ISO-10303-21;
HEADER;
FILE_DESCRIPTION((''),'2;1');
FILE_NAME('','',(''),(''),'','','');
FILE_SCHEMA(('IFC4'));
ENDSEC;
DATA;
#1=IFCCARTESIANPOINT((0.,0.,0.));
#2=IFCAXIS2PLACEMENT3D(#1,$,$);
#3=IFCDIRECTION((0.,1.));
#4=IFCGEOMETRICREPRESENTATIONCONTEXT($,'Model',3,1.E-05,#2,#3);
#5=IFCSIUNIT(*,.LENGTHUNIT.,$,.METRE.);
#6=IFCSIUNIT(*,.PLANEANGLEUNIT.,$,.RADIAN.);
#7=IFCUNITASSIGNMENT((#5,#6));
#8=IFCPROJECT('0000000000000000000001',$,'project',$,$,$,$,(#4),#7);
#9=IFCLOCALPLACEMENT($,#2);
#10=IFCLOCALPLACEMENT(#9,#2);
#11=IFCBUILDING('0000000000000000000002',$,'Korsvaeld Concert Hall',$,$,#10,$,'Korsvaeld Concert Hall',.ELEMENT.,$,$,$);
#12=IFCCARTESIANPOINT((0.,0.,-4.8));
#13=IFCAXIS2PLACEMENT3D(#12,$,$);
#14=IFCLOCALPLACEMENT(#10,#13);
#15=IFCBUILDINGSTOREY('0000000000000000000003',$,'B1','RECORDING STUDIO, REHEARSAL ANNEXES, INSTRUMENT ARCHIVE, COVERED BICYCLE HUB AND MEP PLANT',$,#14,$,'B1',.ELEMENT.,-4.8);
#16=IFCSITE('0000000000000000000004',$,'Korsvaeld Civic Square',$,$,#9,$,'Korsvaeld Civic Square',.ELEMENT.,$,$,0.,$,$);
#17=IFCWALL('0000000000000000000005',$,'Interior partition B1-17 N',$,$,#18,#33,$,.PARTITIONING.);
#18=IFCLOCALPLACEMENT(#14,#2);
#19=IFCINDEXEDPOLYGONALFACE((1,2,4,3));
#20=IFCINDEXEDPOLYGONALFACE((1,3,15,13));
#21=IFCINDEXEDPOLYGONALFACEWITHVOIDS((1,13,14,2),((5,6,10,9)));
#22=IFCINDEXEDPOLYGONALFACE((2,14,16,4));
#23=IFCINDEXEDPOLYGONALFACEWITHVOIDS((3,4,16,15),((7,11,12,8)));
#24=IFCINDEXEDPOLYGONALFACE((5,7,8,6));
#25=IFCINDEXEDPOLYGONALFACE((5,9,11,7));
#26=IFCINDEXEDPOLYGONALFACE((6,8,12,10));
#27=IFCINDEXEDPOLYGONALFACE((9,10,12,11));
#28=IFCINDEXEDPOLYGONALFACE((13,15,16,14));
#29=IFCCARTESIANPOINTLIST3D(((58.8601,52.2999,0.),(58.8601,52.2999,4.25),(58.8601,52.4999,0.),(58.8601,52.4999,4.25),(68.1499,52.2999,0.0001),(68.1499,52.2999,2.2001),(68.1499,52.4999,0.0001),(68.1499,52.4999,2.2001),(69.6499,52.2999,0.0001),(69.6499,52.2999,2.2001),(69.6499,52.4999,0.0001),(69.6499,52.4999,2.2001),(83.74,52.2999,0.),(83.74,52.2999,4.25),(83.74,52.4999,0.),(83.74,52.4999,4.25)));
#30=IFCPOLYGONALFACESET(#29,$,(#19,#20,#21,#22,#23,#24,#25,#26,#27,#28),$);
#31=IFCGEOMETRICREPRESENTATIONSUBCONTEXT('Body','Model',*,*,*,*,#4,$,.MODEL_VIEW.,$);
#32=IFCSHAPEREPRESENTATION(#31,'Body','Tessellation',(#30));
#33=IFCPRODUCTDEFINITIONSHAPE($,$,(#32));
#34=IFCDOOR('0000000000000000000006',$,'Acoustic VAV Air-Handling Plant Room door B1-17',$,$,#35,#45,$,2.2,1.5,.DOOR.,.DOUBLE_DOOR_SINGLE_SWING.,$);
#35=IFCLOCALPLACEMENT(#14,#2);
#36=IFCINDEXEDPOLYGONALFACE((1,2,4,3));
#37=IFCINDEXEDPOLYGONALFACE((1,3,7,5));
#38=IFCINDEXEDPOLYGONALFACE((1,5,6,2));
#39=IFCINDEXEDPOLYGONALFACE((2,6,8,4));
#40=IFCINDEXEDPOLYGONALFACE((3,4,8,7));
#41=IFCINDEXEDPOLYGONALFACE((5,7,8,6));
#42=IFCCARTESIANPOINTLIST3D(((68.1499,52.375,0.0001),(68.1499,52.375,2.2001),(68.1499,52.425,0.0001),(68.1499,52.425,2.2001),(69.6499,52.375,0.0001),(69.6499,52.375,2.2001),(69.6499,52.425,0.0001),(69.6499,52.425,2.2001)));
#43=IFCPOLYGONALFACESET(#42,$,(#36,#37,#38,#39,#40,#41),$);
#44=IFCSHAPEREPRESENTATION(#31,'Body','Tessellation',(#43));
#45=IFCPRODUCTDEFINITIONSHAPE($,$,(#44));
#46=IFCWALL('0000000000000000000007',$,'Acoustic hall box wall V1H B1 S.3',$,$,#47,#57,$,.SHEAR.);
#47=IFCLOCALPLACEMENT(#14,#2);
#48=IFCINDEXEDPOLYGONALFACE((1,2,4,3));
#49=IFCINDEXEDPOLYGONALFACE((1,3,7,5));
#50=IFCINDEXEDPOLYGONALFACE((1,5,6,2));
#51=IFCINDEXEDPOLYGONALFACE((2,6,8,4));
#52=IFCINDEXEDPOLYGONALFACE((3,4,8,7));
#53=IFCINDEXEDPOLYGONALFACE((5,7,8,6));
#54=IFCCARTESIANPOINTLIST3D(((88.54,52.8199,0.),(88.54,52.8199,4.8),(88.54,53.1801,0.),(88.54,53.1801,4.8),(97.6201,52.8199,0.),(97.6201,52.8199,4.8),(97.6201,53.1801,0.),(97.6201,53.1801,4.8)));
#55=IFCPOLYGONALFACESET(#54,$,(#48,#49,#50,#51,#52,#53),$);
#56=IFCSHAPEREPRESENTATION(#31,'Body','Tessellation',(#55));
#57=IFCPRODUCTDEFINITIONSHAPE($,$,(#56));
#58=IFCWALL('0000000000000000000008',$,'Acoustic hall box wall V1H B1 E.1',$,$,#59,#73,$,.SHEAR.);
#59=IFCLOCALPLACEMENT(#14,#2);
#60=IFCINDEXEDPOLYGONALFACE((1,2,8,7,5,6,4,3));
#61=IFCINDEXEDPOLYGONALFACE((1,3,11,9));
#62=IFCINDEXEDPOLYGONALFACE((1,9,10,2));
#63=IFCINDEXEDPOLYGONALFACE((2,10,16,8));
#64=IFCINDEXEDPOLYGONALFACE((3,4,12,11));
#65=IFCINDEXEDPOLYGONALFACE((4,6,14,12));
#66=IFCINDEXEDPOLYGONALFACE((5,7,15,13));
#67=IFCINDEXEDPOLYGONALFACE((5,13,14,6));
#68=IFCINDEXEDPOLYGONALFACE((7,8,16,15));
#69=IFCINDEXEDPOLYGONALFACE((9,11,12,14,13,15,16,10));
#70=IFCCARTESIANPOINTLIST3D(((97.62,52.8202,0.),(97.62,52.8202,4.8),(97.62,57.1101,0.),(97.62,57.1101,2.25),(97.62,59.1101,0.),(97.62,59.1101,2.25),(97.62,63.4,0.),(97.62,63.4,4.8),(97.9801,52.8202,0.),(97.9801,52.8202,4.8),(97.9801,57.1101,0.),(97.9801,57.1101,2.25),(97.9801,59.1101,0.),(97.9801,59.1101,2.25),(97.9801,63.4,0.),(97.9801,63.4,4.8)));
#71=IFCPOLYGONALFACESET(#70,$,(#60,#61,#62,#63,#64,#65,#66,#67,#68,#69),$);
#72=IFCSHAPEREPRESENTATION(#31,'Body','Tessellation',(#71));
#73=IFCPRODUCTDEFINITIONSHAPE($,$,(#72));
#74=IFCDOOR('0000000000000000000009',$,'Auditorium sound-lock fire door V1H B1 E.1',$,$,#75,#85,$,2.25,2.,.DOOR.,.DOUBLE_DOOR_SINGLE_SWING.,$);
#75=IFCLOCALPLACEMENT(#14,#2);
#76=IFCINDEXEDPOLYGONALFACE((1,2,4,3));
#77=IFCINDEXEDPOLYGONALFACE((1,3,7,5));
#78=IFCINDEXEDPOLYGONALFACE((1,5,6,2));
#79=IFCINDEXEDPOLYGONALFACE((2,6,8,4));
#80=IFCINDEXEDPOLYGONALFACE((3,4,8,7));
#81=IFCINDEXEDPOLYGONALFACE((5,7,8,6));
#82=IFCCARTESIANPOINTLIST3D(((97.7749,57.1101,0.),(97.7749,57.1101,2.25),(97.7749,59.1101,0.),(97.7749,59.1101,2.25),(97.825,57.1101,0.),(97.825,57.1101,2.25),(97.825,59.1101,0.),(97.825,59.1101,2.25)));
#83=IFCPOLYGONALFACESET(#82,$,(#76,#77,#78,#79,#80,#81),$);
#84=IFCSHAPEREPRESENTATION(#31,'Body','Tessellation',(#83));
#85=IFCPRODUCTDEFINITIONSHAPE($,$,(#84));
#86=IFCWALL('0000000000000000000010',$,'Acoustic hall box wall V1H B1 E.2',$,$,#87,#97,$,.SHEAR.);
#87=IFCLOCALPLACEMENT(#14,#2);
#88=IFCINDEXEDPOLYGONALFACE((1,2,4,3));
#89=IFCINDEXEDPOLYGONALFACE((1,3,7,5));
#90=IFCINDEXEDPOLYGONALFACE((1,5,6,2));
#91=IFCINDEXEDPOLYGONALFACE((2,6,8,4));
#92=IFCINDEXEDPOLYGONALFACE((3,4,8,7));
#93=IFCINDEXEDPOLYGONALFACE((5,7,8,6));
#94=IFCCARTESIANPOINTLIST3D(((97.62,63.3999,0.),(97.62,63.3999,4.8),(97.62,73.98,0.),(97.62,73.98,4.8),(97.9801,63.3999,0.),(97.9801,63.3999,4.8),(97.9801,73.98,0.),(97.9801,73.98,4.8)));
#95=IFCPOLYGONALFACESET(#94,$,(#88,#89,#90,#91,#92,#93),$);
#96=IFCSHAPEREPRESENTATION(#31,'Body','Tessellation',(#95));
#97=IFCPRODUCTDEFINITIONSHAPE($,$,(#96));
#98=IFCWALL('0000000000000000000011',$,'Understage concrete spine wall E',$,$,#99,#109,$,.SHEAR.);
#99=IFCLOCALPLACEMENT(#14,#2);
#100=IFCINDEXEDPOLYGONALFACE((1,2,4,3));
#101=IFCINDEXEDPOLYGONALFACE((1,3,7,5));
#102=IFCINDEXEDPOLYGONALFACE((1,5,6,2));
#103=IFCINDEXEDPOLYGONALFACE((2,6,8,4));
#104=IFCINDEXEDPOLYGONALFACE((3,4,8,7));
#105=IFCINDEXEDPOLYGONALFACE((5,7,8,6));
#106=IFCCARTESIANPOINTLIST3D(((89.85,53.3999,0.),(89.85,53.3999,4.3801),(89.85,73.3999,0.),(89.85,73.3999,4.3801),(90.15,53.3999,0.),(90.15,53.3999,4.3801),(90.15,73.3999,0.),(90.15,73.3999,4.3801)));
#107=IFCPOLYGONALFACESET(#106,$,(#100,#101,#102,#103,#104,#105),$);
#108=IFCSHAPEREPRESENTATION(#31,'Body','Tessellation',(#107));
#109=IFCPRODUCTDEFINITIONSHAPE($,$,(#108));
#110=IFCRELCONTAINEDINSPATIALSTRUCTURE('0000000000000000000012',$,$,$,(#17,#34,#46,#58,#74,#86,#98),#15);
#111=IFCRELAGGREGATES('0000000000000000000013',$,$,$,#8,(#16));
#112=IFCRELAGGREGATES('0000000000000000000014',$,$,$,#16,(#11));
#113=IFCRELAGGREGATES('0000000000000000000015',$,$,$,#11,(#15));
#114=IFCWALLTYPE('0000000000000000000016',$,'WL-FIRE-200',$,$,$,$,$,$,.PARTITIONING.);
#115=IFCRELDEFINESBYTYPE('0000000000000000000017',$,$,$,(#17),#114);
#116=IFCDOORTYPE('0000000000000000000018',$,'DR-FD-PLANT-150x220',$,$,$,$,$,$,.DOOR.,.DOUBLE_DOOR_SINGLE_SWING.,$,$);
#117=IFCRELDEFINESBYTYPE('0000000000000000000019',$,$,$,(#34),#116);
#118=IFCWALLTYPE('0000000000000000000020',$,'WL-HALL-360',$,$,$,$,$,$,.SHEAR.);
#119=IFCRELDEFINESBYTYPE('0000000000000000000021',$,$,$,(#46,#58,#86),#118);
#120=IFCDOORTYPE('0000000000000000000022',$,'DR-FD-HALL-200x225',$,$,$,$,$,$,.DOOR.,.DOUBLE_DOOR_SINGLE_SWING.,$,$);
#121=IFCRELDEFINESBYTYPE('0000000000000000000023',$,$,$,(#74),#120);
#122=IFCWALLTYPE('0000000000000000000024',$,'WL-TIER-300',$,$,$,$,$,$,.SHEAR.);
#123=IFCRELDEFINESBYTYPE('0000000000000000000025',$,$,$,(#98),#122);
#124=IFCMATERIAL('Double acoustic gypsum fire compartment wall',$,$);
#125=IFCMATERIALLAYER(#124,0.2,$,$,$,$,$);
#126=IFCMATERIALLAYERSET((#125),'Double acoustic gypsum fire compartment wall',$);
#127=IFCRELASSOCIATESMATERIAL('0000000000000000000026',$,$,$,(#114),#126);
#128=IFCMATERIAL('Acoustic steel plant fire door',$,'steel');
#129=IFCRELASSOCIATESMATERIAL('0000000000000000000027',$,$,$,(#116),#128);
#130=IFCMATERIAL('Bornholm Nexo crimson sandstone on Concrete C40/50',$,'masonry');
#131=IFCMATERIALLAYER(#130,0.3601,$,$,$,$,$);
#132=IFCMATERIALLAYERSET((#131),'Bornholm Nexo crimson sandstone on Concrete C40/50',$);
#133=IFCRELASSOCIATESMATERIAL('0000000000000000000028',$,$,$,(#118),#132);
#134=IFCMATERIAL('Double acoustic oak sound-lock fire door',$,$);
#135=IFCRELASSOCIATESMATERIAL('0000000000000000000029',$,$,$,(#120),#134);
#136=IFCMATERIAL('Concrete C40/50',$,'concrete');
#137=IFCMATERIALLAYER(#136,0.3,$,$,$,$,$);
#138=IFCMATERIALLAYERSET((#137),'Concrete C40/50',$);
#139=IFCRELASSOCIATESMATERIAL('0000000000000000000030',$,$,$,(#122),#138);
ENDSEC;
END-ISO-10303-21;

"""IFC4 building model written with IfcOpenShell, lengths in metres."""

from ifc_helpers import new_model, si_unit, direction, frame, frame_2d, origin, place, context, subcontext, project, spatial, rectangle, extrude, material, layer, layer_set, type_object, element, fill, save


model = new_model("IFC4")

# Units and contexts
model_context = context("Model", 3, precision=1e-05, world=origin(), true_north=direction((0.0, 1.0)))
body_context = subcontext(model_context, "Body", "Model", "MODEL_VIEW")
ifc_project = project(units=[si_unit("LENGTHUNIT", "METRE"), si_unit("PLANEANGLEUNIT", "RADIAN")], contexts=[model_context])

# Site, building, storey
site_placement = place(None, origin())
site = spatial("IfcSite", under=ifc_project, at=site_placement, Name="Korsvaeld Civic Square", LongName="Korsvaeld Civic Square", CompositionType="ELEMENT", RefElevation=0.0)
building_placement = place(site_placement, origin())
building = spatial("IfcBuilding", under=site, at=building_placement, Name="Korsvaeld Concert Hall", LongName="Korsvaeld Concert Hall", CompositionType="ELEMENT")
storey_placement = place(building_placement, frame((0.0, 0.0, -4.8)))
storey = spatial("IfcBuildingStorey", under=building, at=storey_placement, Name="B1", Description="RECORDING STUDIO, REHEARSAL ANNEXES, INSTRUMENT ARCHIVE, COVERED BICYCLE HUB AND MEP PLANT", LongName="B1", CompositionType="ELEMENT", Elevation=-4.8)

# Shared definitions
ifc_material_1 = material(Name="Concrete C40/50", Category="concrete")

# Wall, opening, door
ifc_material_2 = material(Name="Double acoustic gypsum fire compartment wall")
ifc_layer_1 = layer(ifc_material_2, 0.2)
ifc_layer_set_1 = layer_set([ifc_layer_1], Name="Double acoustic gypsum fire compartment wall")
wall_type_1 = type_object("IfcWallType", Name="WL-FIRE-200", PredefinedType="PARTITIONING", material=ifc_layer_set_1)
wall_1_placement = place(storey_placement, frame((83.74, 52.3999, 0.0), z_axis=(0.0, 0.0, 1.0), x_axis=(-1.0, 0.0, 0.0)))
wall_1 = element("IfcWall", 1, at=wall_1_placement, inside=storey, type_object=wall_type_1, Name="Interior partition B1-17 N", PredefinedType="PARTITIONING", context=body_context, shape_type="SweptSolid", body=[
    extrude(rectangle(XDim=24.8799, YDim=0.2, at=frame_2d((12.4399, 0.0))), origin(), (0.0, 0.0, 1.0), 4.25),
])
opening_1_placement = place(wall_1_placement, frame((14.0901, 0.0, 0.0)))
opening_1 = element("IfcOpeningElement", 2, at=opening_1_placement, cuts=wall_1, PredefinedType="OPENING", context=body_context, shape_type="SweptSolid", body=[
    extrude(rectangle(XDim=1.5, YDim=2.2, at=frame_2d((0.75, 1.1001))), frame((0.0, 0.1099, 0.0), z_axis=(0.0, -1.0, 0.0), x_axis=(1.0, 0.0, 0.0)), (0.0, 0.0, 1.0), 0.22),
])
ifc_material_3 = material(Name="Acoustic steel plant fire door", Category="steel")
door_type_1 = type_object("IfcDoorType", Name="DR-FD-PLANT-150x220", OperationType="DOUBLE_DOOR_SINGLE_SWING", PredefinedType="DOOR", material=ifc_material_3)
door_1_placement = place(opening_1_placement, origin())
door_1 = element("IfcDoor", 3, at=door_1_placement, inside=storey, type_object=door_type_1, Name="Acoustic VAV Air-Handling Plant Room door B1-17", OperationType="DOUBLE_DOOR_SINGLE_SWING", OverallHeight=2.2, OverallWidth=1.5, PredefinedType="DOOR", context=body_context, shape_type="SweptSolid", body=[
    extrude(rectangle(XDim=1.5, YDim=2.2, at=frame_2d((0.75, 1.1001))), frame((0.0, 0.0249, 0.0), z_axis=(0.0, -1.0, 0.0), x_axis=(1.0, 0.0, 0.0)), (0.0, 0.0, 1.0), 0.05),
])
fill(opening_1, door_1)

# Wall
ifc_material_4 = material(Name="Bornholm Nexo crimson sandstone on Concrete C40/50", Category="masonry")
ifc_layer_2 = layer(ifc_material_4, 0.3601)
ifc_layer_set_2 = layer_set([ifc_layer_2], Name="Bornholm Nexo crimson sandstone on Concrete C40/50")
wall_type_2 = type_object("IfcWallType", Name="WL-HALL-360", PredefinedType="SHEAR", material=ifc_layer_set_2)
wall_2_placement = place(storey_placement, frame((88.54, 53.0, 0.0), z_axis=(0.0, 0.0, 1.0), x_axis=(1.0, 0.0, 0.0)))
element("IfcWall", 4, at=wall_2_placement, inside=storey, type_object=wall_type_2, Name="Acoustic hall box wall V1H B1 S.3", PredefinedType="SHEAR", context=body_context, shape_type="SweptSolid", body=[
    extrude(rectangle(XDim=9.0801, YDim=0.3601, at=frame_2d((4.54, 0.0))), origin(), (0.0, 0.0, 1.0), 4.8),
])

# Wall, opening, door
wall_3_placement = place(storey_placement, frame((97.8, 52.8201, 0.0), z_axis=(0.0, 0.0, 1.0), x_axis=(0.0, 1.0, 0.0)))
wall_3 = element("IfcWall", 5, at=wall_3_placement, inside=storey, type_object=wall_type_2, Name="Acoustic hall box wall V1H B1 E.1", PredefinedType="SHEAR", context=body_context, shape_type="SweptSolid", body=[
    extrude(rectangle(XDim=10.5798, YDim=0.3601, at=frame_2d((5.29, 0.0))), origin(), (0.0, 0.0, 1.0), 4.8),
])
opening_2_placement = place(wall_3_placement, frame((4.29, 0.0, 0.0)))
opening_2 = element("IfcOpeningElement", 6, at=opening_2_placement, cuts=wall_3, PredefinedType="OPENING", context=body_context, shape_type="SweptSolid", body=[
    extrude(rectangle(XDim=2.0, YDim=2.25, at=frame_2d((1.0, 1.125))), frame((0.0, 0.1899, 0.0), z_axis=(0.0, -1.0, 0.0), x_axis=(1.0, 0.0, 0.0)), (0.0, 0.0, 1.0), 0.3801),
])
ifc_material_5 = material(Name="Double acoustic oak sound-lock fire door")
door_type_2 = type_object("IfcDoorType", Name="DR-FD-HALL-200x225", OperationType="DOUBLE_DOOR_SINGLE_SWING", PredefinedType="DOOR", material=ifc_material_5)
door_2_placement = place(opening_2_placement, frame((2.0, 0.0, 0.0), z_axis=(0.0, 0.0, 1.0), x_axis=(-1.0, 0.0, 0.0)))
door_2 = element("IfcDoor", 7, at=door_2_placement, inside=storey, type_object=door_type_2, Name="Auditorium sound-lock fire door V1H B1 E.1", OperationType="DOUBLE_DOOR_SINGLE_SWING", OverallHeight=2.25, OverallWidth=2.0, PredefinedType="DOOR", context=body_context, shape_type="SweptSolid", body=[
    extrude(rectangle(XDim=2.0, YDim=2.25, at=frame_2d((1.0, 1.125))), frame((0.0, 0.0249, 0.0), z_axis=(0.0, -1.0, 0.0), x_axis=(1.0, 0.0, 0.0)), (0.0, 0.0, 1.0), 0.05),
])
fill(opening_2, door_2)

# Walls
wall_4_placement = place(storey_placement, frame((97.8, 63.3999, 0.0), z_axis=(0.0, 0.0, 1.0), x_axis=(0.0, 1.0, 0.0)))
element("IfcWall", 8, at=wall_4_placement, inside=storey, type_object=wall_type_2, Name="Acoustic hall box wall V1H B1 E.2", PredefinedType="SHEAR", context=body_context, shape_type="SweptSolid", body=[
    extrude(rectangle(XDim=10.5801, YDim=0.3601, at=frame_2d((5.29, 0.0))), origin(), (0.0, 0.0, 1.0), 4.8),
])
ifc_layer_3 = layer(ifc_material_1, 0.3)
ifc_layer_set_3 = layer_set([ifc_layer_3], Name="Concrete C40/50")
wall_type_3 = type_object("IfcWallType", Name="WL-TIER-300", PredefinedType="SHEAR", material=ifc_layer_set_3)
wall_5_placement = place(storey_placement, frame((90.0, 53.3999, 0.0), z_axis=(0.0, 0.0, 1.0), x_axis=(0.0, 1.0, 0.0)))
element("IfcWall", 9, at=wall_5_placement, inside=storey, type_object=wall_type_3, Name="Understage concrete spine wall E", PredefinedType="SHEAR", context=body_context, shape_type="SweptSolid", body=[
    extrude(rectangle(XDim=20.0, YDim=0.3, at=frame_2d((10.0, 0.0))), origin(), (0.0, 0.0, 1.0), 4.3801),
])

save(model, "model.ifc")
